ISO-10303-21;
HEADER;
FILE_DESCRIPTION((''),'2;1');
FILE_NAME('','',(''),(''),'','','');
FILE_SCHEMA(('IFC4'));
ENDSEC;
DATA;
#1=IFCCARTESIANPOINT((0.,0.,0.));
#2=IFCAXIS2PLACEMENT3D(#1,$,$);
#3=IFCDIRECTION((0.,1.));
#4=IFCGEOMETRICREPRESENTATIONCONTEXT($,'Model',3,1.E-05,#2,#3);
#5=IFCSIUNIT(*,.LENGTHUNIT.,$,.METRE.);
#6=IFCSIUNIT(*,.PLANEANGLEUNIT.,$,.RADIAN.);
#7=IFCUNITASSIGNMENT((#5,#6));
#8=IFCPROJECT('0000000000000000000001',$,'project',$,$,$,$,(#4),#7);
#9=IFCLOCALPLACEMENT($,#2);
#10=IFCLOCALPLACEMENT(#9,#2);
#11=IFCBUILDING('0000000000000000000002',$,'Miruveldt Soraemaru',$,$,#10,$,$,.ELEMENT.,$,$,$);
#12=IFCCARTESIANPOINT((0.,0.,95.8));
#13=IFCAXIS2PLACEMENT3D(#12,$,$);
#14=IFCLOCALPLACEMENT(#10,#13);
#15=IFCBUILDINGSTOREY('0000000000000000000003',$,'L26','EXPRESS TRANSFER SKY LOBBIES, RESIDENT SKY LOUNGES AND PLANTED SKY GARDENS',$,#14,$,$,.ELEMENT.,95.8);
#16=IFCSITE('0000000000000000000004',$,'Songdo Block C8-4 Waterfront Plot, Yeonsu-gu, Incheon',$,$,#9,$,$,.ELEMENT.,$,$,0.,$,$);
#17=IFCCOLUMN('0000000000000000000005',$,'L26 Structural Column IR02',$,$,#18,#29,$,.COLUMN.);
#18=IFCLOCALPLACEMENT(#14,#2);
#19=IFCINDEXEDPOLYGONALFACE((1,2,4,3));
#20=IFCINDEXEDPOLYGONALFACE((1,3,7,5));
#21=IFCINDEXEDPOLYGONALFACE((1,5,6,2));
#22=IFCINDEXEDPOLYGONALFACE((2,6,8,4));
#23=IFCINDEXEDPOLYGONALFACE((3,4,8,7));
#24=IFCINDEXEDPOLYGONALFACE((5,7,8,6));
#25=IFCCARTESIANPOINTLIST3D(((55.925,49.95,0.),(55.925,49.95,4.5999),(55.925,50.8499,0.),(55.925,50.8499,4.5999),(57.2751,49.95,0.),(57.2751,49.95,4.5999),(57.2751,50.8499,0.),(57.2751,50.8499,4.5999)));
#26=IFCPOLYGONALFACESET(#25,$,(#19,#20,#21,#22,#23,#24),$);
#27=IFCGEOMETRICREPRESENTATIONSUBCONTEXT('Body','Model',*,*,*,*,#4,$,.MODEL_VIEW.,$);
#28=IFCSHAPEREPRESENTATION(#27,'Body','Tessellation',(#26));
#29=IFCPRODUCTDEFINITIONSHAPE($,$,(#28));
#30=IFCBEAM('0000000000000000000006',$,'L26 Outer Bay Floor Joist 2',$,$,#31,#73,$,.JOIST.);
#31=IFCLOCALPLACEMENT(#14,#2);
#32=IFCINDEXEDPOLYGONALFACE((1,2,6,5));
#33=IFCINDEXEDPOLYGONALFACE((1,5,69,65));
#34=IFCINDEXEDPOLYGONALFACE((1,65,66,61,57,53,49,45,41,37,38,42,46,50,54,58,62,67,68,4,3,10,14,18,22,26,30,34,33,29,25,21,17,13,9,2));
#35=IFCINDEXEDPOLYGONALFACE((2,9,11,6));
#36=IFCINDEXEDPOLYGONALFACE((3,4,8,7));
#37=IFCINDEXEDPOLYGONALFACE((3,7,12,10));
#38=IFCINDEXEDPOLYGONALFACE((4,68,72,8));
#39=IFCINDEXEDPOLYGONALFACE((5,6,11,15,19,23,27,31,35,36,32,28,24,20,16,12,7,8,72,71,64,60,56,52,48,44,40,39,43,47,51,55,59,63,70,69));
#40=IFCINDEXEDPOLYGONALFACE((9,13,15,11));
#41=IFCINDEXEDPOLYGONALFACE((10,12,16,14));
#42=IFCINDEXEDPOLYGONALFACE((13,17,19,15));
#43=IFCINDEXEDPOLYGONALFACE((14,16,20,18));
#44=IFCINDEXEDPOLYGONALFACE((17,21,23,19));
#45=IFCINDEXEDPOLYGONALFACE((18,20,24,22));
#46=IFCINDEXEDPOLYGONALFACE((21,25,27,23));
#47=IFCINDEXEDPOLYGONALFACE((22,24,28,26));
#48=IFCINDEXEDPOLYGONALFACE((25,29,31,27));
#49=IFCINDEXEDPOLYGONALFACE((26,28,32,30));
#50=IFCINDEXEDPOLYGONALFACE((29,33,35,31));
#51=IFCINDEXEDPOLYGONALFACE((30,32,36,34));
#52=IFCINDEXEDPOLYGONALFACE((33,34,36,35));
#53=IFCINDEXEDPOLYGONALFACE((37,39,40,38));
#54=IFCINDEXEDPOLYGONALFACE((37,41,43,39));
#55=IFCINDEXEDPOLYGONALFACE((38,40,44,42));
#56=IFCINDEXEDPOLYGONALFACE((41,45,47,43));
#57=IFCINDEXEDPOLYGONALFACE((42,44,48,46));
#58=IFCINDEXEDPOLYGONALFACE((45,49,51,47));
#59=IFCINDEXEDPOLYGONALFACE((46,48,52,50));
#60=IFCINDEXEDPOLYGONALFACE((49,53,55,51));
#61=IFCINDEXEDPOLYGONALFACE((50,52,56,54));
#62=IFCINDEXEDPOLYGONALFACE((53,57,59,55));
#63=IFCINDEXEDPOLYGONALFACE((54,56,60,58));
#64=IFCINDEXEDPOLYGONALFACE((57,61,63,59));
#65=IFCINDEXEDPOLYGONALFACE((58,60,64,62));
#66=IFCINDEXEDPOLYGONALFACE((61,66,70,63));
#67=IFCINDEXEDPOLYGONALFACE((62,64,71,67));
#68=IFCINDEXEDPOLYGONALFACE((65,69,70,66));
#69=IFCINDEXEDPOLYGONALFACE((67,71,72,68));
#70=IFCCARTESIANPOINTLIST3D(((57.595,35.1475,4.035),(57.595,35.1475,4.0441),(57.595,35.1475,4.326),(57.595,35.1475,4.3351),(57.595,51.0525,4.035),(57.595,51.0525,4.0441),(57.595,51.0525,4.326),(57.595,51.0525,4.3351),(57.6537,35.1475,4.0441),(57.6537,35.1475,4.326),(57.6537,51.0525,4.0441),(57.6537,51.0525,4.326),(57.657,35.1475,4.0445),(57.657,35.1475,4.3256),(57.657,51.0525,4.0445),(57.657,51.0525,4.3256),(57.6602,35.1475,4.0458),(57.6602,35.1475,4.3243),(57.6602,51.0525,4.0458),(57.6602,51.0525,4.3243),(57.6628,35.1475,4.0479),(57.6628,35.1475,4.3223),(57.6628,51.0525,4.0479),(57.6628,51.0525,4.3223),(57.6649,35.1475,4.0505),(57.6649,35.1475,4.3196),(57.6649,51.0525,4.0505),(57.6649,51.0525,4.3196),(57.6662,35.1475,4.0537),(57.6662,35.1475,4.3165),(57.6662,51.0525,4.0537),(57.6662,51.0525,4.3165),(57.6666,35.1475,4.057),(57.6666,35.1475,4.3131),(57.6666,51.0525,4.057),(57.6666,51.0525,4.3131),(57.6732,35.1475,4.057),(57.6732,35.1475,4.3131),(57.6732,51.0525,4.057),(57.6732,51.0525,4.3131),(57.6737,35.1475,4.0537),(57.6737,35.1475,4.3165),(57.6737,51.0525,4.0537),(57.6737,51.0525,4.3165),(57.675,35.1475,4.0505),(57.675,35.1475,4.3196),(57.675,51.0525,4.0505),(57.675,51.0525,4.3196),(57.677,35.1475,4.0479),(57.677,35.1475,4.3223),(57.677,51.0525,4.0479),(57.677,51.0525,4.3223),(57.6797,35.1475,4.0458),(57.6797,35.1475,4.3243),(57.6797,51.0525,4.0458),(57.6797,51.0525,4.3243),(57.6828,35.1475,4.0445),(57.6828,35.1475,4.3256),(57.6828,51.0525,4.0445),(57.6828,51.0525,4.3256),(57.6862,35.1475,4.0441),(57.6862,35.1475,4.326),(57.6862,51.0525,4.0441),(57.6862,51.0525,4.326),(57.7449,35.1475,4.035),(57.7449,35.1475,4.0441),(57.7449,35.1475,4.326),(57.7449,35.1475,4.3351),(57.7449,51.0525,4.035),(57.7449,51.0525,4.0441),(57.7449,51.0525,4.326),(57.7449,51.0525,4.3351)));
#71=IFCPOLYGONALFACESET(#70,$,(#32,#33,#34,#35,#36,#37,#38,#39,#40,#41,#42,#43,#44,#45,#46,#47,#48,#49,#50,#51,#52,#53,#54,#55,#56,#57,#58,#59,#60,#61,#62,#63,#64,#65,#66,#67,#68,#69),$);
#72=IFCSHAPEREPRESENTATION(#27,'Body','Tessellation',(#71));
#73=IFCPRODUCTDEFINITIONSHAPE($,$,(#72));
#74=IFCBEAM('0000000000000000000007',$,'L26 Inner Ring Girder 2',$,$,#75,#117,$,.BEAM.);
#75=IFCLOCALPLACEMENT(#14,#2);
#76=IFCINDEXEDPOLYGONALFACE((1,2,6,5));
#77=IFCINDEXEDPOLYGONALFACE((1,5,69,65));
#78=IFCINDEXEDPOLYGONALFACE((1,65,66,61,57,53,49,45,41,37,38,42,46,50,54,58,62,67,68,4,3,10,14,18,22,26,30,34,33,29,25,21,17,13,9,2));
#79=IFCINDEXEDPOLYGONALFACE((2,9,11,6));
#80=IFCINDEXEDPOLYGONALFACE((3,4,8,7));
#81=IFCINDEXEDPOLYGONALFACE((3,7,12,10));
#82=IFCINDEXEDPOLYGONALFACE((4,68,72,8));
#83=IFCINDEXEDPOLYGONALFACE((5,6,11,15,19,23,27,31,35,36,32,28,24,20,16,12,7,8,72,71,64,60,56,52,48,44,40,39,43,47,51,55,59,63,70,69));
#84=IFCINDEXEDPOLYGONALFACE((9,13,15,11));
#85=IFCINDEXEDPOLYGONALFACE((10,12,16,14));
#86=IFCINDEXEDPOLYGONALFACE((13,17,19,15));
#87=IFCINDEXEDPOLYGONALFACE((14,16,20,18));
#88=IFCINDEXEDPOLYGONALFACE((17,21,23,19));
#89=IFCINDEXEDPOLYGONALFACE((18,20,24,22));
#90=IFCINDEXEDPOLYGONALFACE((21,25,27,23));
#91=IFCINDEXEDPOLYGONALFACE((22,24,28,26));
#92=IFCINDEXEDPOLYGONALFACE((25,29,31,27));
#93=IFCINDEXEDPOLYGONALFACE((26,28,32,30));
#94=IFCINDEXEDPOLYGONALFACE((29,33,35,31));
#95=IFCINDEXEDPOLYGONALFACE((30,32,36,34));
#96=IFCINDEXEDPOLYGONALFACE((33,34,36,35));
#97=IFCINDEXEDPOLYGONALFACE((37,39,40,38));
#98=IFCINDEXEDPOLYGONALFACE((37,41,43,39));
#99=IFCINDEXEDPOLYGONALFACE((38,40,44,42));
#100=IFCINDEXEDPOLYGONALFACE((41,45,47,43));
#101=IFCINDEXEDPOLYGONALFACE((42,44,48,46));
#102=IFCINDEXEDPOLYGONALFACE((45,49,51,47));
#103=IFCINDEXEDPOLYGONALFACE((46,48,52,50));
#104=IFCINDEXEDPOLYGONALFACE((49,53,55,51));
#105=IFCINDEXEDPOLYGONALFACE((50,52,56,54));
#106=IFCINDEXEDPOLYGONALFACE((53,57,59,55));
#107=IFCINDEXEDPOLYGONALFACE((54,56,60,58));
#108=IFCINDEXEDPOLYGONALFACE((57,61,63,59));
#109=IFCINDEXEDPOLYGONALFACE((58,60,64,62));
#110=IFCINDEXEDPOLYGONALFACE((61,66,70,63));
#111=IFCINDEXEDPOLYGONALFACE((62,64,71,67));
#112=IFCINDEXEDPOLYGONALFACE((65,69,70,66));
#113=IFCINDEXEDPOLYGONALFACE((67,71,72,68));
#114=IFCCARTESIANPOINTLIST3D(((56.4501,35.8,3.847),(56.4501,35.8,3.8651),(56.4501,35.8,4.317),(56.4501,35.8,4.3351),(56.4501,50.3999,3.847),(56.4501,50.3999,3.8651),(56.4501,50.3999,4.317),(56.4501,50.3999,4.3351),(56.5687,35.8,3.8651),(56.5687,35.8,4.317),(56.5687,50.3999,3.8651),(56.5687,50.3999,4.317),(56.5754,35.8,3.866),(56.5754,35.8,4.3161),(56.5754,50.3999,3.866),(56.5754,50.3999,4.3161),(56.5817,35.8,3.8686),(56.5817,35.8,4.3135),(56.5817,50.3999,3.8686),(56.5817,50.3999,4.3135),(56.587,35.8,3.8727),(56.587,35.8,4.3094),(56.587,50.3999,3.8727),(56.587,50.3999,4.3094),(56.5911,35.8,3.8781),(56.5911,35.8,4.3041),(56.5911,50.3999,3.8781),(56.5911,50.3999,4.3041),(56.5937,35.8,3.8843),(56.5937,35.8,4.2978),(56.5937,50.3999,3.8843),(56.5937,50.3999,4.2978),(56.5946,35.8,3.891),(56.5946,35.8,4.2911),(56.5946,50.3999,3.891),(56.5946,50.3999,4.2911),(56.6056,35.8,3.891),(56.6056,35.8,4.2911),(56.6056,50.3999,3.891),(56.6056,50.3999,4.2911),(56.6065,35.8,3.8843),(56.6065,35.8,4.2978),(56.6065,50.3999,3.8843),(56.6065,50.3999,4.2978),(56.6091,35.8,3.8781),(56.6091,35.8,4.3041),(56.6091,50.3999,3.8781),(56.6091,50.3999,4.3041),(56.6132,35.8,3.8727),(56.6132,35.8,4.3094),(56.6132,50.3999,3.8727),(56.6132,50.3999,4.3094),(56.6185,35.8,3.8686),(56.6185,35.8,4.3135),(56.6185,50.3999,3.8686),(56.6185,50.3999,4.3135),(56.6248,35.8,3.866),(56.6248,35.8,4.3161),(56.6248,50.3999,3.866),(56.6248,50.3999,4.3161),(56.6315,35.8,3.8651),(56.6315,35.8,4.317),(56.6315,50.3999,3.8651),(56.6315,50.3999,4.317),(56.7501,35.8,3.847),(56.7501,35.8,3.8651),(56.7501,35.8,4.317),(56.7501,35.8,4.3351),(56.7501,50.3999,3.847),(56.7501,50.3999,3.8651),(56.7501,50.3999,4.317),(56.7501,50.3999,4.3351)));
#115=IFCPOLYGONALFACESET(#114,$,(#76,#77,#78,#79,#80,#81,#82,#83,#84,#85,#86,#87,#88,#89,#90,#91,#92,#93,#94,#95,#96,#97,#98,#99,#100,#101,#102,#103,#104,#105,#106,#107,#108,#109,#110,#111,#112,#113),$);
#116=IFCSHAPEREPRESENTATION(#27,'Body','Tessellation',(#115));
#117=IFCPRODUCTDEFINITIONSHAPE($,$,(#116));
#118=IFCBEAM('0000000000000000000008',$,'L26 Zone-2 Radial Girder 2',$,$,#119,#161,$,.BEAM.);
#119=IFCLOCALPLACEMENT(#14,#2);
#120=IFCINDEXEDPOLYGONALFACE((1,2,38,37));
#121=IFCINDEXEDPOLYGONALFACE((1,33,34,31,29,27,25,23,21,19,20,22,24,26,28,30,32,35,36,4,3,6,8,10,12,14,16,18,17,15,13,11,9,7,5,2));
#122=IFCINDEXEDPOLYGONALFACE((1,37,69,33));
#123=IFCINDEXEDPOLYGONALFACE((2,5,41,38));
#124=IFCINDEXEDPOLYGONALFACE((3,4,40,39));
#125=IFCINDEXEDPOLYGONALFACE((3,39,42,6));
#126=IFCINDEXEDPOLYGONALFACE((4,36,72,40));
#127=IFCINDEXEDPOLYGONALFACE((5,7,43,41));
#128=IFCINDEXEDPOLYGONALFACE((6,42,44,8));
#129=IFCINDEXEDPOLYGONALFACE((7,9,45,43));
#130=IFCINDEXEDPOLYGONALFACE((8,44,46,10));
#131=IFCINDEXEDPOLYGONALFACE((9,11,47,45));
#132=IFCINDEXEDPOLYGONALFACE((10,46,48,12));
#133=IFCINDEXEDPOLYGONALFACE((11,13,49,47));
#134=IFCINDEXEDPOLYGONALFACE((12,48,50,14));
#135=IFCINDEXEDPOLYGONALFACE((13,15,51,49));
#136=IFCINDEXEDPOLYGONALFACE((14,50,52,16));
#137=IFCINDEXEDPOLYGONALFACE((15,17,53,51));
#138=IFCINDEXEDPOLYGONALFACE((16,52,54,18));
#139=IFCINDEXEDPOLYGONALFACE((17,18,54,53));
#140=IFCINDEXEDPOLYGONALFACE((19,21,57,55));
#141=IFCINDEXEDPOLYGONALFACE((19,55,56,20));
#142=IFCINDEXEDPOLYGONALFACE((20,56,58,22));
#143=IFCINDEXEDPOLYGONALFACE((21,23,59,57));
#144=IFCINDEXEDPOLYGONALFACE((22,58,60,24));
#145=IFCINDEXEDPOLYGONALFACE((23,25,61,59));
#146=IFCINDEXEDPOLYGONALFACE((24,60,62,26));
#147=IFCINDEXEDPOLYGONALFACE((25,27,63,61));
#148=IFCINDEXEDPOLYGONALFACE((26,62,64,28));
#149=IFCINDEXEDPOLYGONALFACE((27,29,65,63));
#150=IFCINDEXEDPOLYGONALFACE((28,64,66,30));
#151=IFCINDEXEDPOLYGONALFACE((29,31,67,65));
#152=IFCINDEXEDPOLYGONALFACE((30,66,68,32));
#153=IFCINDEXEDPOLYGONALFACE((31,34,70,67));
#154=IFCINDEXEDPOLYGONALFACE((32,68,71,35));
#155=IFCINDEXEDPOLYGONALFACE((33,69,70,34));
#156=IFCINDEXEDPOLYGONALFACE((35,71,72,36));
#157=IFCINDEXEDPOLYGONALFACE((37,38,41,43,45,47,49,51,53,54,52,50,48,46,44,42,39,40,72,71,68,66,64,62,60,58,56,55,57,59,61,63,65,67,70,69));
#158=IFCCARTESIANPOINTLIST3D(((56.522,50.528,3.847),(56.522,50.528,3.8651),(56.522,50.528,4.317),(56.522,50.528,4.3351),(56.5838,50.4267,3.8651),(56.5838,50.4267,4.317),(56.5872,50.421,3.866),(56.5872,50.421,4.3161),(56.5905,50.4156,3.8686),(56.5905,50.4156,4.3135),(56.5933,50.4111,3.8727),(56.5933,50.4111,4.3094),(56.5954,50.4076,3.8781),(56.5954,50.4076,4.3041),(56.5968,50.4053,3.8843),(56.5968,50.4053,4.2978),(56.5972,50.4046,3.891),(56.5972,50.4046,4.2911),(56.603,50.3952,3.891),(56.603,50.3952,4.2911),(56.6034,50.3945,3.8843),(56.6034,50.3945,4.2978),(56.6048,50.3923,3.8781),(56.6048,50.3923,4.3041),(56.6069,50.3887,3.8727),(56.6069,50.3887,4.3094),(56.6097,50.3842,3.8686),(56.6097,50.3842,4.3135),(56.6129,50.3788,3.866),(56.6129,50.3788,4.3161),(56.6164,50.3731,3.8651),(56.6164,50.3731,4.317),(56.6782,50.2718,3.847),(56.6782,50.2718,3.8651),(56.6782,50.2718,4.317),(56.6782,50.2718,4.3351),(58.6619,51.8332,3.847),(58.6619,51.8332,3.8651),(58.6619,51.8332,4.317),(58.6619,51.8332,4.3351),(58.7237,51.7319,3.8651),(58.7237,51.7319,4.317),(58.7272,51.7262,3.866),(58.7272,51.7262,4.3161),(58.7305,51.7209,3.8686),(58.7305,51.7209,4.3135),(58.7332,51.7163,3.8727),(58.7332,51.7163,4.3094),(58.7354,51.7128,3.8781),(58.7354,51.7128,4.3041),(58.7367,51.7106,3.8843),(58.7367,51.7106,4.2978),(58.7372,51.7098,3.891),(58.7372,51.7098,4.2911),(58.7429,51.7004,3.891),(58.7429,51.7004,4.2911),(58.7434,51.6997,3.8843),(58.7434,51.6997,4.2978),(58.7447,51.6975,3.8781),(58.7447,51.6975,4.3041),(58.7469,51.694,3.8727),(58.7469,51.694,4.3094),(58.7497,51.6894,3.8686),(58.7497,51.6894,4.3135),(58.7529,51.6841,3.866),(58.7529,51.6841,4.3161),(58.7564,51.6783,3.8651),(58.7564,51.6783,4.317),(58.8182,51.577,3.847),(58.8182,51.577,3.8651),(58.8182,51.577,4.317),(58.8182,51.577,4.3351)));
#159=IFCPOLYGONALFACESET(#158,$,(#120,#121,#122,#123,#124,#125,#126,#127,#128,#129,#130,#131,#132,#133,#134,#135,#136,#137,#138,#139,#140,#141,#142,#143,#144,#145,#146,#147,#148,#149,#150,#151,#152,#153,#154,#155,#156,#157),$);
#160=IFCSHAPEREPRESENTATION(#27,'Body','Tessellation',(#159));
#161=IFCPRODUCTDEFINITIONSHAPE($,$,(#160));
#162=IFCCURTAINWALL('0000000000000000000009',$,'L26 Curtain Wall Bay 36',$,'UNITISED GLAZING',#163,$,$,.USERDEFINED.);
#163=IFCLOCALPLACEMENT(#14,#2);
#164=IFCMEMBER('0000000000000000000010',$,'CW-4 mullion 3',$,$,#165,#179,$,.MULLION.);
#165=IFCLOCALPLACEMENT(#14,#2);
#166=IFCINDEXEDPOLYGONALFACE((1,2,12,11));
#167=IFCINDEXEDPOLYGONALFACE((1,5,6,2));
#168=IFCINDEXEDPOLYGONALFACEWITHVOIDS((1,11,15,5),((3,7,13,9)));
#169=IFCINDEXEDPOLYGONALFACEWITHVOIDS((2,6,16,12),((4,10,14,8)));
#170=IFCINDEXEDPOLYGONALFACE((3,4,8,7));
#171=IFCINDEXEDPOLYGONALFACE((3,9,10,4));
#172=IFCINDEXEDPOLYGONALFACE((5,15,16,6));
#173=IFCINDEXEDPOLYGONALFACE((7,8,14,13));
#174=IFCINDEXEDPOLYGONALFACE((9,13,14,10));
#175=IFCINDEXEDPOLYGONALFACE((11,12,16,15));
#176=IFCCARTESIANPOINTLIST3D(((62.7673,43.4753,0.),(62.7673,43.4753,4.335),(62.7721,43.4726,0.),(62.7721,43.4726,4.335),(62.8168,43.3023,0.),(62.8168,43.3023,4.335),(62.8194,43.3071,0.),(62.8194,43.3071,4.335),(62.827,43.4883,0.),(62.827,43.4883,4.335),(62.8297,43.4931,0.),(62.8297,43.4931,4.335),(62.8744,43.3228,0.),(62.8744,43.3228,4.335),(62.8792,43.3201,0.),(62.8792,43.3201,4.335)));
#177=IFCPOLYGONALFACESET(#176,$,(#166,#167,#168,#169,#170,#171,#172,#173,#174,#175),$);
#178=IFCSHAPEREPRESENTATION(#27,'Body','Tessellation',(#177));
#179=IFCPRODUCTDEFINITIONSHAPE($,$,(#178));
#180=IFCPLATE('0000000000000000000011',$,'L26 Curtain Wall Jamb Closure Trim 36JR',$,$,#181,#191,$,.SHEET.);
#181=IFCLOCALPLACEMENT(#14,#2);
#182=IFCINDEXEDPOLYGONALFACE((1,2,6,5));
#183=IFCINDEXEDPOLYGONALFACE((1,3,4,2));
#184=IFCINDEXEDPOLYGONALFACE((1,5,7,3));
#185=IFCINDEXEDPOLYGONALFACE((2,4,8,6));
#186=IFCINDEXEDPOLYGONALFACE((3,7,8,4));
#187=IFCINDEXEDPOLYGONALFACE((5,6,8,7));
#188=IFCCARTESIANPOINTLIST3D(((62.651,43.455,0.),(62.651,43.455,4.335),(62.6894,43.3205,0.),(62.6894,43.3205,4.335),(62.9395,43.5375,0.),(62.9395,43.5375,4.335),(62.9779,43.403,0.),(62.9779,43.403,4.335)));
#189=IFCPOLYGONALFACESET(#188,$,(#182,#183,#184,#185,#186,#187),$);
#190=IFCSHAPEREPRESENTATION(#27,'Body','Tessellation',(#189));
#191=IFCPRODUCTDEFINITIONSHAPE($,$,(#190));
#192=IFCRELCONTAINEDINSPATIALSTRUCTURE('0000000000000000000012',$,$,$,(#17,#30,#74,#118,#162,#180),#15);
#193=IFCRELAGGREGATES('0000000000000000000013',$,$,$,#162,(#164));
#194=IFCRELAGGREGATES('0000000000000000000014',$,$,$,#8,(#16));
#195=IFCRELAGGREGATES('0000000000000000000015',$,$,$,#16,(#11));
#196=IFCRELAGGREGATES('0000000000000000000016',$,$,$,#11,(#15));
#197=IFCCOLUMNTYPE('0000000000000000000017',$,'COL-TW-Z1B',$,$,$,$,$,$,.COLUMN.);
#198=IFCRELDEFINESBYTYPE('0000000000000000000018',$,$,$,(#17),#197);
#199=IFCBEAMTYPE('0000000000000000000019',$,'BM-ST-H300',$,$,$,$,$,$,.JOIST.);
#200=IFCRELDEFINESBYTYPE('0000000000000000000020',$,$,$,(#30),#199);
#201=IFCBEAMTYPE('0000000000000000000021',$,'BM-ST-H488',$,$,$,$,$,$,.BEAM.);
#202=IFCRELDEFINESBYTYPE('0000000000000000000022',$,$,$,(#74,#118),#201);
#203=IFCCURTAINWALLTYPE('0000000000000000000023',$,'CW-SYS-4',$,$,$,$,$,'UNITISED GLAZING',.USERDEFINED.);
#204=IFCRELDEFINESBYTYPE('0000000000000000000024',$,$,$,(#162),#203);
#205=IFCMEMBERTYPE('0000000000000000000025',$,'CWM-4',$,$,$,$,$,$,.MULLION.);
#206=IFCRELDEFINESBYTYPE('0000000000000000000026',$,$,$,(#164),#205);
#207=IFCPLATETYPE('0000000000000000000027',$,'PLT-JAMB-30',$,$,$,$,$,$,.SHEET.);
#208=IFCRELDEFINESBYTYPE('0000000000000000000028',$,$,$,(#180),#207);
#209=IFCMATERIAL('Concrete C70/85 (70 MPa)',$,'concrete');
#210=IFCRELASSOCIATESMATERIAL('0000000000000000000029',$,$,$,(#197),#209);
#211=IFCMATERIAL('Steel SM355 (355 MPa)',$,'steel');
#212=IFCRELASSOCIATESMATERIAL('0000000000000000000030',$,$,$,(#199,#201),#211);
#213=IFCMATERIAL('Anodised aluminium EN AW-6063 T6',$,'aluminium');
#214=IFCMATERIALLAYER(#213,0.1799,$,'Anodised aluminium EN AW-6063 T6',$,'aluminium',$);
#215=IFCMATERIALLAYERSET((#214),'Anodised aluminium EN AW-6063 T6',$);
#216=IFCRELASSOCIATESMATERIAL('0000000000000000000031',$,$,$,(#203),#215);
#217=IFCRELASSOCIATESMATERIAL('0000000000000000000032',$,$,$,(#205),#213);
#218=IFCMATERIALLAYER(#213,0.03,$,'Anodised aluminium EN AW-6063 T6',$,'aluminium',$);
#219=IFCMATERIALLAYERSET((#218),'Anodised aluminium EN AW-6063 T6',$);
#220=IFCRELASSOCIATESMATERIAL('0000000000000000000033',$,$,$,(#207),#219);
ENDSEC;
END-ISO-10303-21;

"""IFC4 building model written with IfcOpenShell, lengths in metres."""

from ifc_helpers import new_model, si_unit, direction, frame, origin, origin_2d, place, context, subcontext, project, spatial, rectangle, hollow_rectangle, i_section, extrude, material, layer, layer_set, material_profile, profile_set, type_object, element, aggregate, save


model = new_model("IFC4")

# Units and contexts
model_context = context("Model", 3, precision=1e-05, world=origin(), true_north=direction((0.0, 1.0)))
body_context = subcontext(model_context, "Body", "Model", "MODEL_VIEW")
ifc_project = project(units=[si_unit("LENGTHUNIT", "METRE"), si_unit("PLANEANGLEUNIT", "RADIAN")], contexts=[model_context])

# Site, building, storey
site_placement = place(None, origin())
site = spatial("IfcSite", under=ifc_project, at=site_placement, Name="Songdo Block C8-4 Waterfront Plot, Yeonsu-gu, Incheon", CompositionType="ELEMENT", RefElevation=0.0)
building_placement = place(site_placement, origin())
building = spatial("IfcBuilding", under=site, at=building_placement, Name="Miruveldt Soraemaru", CompositionType="ELEMENT")
storey_placement = place(building_placement, frame((0.0, 0.0, 95.8)))
storey = spatial("IfcBuildingStorey", under=building, at=storey_placement, Name="L26", Description="EXPRESS TRANSFER SKY LOBBIES, RESIDENT SKY LOUNGES AND PLANTED SKY GARDENS", CompositionType="ELEMENT", Elevation=95.8)

# Column
ifc_material_1 = material(Name="Concrete C70/85 (70 MPa)", Category="concrete")
ifc_material_profile_1 = material_profile(ifc_material_1, rectangle(XDim=1.3501, YDim=0.8999, at=origin_2d()), Name="Concrete C70/85 (70 MPa)", Category="concrete")
ifc_profile_set_1 = profile_set([ifc_material_profile_1], Name="Concrete C70/85 (70 MPa)")
column_type = type_object("IfcColumnType", Name="COL-TW-Z1B", PredefinedType="COLUMN", material=ifc_profile_set_1)
column_placement = place(storey_placement, frame((56.6001, 50.3999, 0.0), z_axis=(0.0, 0.0, 1.0), x_axis=(1.0, 0.0, 0.0)))
element("IfcColumn", 1, at=column_placement, inside=storey, type_object=column_type, Name="L26 Structural Column IR02", PredefinedType="COLUMN", context=body_context, shape_type="SweptSolid", body=[
    extrude(rectangle(XDim=1.3501, YDim=0.8999, at=origin_2d()), origin(), (0.0, 0.0, 1.0), 4.5999),
])

# Beams
ifc_material_2 = material(Name="Steel SM355 (355 MPa)", Category="steel")
ifc_material_profile_2 = material_profile(ifc_material_2, i_section(OverallWidth=0.1499, OverallDepth=0.3, WebThickness=0.0066, FlangeThickness=0.009, FilletRadius=0.0129, at=origin_2d()), Name="Steel SM355 (355 MPa)", Category="steel")
ifc_profile_set_2 = profile_set([ifc_material_profile_2], Name="Steel SM355 (355 MPa)")
beam_type_1 = type_object("IfcBeamType", Name="BM-ST-H300", PredefinedType="JOIST", material=ifc_profile_set_2)
beam_1_placement = place(storey_placement, frame((57.6699, 51.0525, 4.1851), z_axis=(0.0, -1.0, 0.0), x_axis=(1.0, 0.0, 0.0)))
element("IfcBeam", 2, at=beam_1_placement, inside=storey, type_object=beam_type_1, Name="L26 Outer Bay Floor Joist 2", PredefinedType="JOIST", context=body_context, shape_type="SweptSolid", body=[
    extrude(i_section(OverallWidth=0.1499, OverallDepth=0.3, WebThickness=0.0066, FlangeThickness=0.009, FilletRadius=0.0129, at=origin_2d()), origin(), (0.0, 0.0, 1.0), 15.905),
])
ifc_material_profile_3 = material_profile(ifc_material_2, i_section(OverallWidth=0.3, OverallDepth=0.488, WebThickness=0.011, FlangeThickness=0.0181, FilletRadius=0.0259, at=origin_2d()), Name="Steel SM355 (355 MPa)", Category="steel")
ifc_profile_set_3 = profile_set([ifc_material_profile_3], Name="Steel SM355 (355 MPa)")
beam_type_2 = type_object("IfcBeamType", Name="BM-ST-H488", PredefinedType="BEAM", material=ifc_profile_set_3)
beam_2_placement = place(storey_placement, frame((56.6001, 50.3999, 4.0911), z_axis=(0.0, -1.0, 0.0), x_axis=(1.0, 0.0, 0.0)))
element("IfcBeam", 3, at=beam_2_placement, inside=storey, type_object=beam_type_2, Name="L26 Inner Ring Girder 2", PredefinedType="BEAM", context=body_context, shape_type="SweptSolid", body=[
    extrude(i_section(OverallWidth=0.3, OverallDepth=0.488, WebThickness=0.011, FlangeThickness=0.0181, FilletRadius=0.0259, at=origin_2d()), origin(), (0.0, 0.0, 1.0), 14.5999),
])
beam_3_placement = place(storey_placement, frame((56.6001, 50.3999, 4.0911), z_axis=(0.853732, 0.520713, 0.0), x_axis=(-0.520713, 0.853732, 0.0)))
element("IfcBeam", 4, at=beam_3_placement, inside=storey, type_object=beam_type_2, Name="L26 Zone-2 Radial Girder 2", PredefinedType="BEAM", context=body_context, shape_type="SweptSolid", body=[
    extrude(i_section(OverallWidth=0.3, OverallDepth=0.488, WebThickness=0.011, FlangeThickness=0.0181, FilletRadius=0.0259, at=origin_2d()), origin(), (0.0, 0.0, 1.0), 2.5066),
])

# Curtain wall, member
ifc_material_3 = material(Name="Anodised aluminium EN AW-6063 T6", Category="aluminium")
ifc_layer_1 = layer(ifc_material_3, 0.1799, Name="Anodised aluminium EN AW-6063 T6", Category="aluminium")
ifc_layer_set_1 = layer_set([ifc_layer_1], Name="Anodised aluminium EN AW-6063 T6")
curtain_wall_type = type_object("IfcCurtainWallType", Name="CW-SYS-4", ElementType="UNITISED GLAZING", PredefinedType="USERDEFINED", material=ifc_layer_set_1)
curtain_wall_placement = place(storey_placement, origin())
curtain_wall = element("IfcCurtainWall", 5, at=curtain_wall_placement, inside=storey, type_object=curtain_wall_type, Name="L26 Curtain Wall Bay 36", ObjectType="UNITISED GLAZING", PredefinedType="USERDEFINED")
ifc_material_profile_4 = material_profile(ifc_material_3, hollow_rectangle(XDim=0.0649, YDim=0.1799, WallThickness=0.0039, at=origin_2d()), Name="Anodised aluminium EN AW-6063 T6", Category="aluminium")
ifc_profile_set_4 = profile_set([ifc_material_profile_4], Name="Anodised aluminium EN AW-6063 T6")
member_type = type_object("IfcMemberType", Name="CWM-4", PredefinedType="MULLION", material=ifc_profile_set_4)
member_placement = place(storey_placement, frame((62.8232, 43.3977, 0.0), z_axis=(0.0, 0.0, 1.0), x_axis=(-0.961449, -0.274985, 0.0)))
member = element("IfcMember", 6, at=member_placement, type_object=member_type, Name="CW-4 mullion 3", PredefinedType="MULLION", context=body_context, shape_type="SweptSolid", body=[
    extrude(hollow_rectangle(XDim=0.0649, YDim=0.1799, WallThickness=0.0039, at=origin_2d()), origin(), (0.0, 0.0, 1.0), 4.335),
])
aggregate(curtain_wall, [member])

# Plate
ifc_layer_2 = layer(ifc_material_3, 0.03, Name="Anodised aluminium EN AW-6063 T6", Category="aluminium")
ifc_layer_set_2 = layer_set([ifc_layer_2], Name="Anodised aluminium EN AW-6063 T6")
plate_type = type_object("IfcPlateType", Name="PLT-JAMB-30", PredefinedType="SHEET", material=ifc_layer_set_2)
plate_placement = place(storey_placement, frame((62.8145, 43.429, 0.0), z_axis=(0.0, 0.0, 1.0), x_axis=(-0.274983, 0.961449, 0.0)))
element("IfcPlate", 7, at=plate_placement, inside=storey, type_object=plate_type, Name="L26 Curtain Wall Jamb Closure Trim 36JR", PredefinedType="SHEET", context=body_context, shape_type="SweptSolid", body=[
    extrude(rectangle(XDim=0.1399, YDim=0.3, at=origin_2d()), origin(), (0.0, 0.0, 1.0), 4.335),
])

save(model, "model.ifc")
